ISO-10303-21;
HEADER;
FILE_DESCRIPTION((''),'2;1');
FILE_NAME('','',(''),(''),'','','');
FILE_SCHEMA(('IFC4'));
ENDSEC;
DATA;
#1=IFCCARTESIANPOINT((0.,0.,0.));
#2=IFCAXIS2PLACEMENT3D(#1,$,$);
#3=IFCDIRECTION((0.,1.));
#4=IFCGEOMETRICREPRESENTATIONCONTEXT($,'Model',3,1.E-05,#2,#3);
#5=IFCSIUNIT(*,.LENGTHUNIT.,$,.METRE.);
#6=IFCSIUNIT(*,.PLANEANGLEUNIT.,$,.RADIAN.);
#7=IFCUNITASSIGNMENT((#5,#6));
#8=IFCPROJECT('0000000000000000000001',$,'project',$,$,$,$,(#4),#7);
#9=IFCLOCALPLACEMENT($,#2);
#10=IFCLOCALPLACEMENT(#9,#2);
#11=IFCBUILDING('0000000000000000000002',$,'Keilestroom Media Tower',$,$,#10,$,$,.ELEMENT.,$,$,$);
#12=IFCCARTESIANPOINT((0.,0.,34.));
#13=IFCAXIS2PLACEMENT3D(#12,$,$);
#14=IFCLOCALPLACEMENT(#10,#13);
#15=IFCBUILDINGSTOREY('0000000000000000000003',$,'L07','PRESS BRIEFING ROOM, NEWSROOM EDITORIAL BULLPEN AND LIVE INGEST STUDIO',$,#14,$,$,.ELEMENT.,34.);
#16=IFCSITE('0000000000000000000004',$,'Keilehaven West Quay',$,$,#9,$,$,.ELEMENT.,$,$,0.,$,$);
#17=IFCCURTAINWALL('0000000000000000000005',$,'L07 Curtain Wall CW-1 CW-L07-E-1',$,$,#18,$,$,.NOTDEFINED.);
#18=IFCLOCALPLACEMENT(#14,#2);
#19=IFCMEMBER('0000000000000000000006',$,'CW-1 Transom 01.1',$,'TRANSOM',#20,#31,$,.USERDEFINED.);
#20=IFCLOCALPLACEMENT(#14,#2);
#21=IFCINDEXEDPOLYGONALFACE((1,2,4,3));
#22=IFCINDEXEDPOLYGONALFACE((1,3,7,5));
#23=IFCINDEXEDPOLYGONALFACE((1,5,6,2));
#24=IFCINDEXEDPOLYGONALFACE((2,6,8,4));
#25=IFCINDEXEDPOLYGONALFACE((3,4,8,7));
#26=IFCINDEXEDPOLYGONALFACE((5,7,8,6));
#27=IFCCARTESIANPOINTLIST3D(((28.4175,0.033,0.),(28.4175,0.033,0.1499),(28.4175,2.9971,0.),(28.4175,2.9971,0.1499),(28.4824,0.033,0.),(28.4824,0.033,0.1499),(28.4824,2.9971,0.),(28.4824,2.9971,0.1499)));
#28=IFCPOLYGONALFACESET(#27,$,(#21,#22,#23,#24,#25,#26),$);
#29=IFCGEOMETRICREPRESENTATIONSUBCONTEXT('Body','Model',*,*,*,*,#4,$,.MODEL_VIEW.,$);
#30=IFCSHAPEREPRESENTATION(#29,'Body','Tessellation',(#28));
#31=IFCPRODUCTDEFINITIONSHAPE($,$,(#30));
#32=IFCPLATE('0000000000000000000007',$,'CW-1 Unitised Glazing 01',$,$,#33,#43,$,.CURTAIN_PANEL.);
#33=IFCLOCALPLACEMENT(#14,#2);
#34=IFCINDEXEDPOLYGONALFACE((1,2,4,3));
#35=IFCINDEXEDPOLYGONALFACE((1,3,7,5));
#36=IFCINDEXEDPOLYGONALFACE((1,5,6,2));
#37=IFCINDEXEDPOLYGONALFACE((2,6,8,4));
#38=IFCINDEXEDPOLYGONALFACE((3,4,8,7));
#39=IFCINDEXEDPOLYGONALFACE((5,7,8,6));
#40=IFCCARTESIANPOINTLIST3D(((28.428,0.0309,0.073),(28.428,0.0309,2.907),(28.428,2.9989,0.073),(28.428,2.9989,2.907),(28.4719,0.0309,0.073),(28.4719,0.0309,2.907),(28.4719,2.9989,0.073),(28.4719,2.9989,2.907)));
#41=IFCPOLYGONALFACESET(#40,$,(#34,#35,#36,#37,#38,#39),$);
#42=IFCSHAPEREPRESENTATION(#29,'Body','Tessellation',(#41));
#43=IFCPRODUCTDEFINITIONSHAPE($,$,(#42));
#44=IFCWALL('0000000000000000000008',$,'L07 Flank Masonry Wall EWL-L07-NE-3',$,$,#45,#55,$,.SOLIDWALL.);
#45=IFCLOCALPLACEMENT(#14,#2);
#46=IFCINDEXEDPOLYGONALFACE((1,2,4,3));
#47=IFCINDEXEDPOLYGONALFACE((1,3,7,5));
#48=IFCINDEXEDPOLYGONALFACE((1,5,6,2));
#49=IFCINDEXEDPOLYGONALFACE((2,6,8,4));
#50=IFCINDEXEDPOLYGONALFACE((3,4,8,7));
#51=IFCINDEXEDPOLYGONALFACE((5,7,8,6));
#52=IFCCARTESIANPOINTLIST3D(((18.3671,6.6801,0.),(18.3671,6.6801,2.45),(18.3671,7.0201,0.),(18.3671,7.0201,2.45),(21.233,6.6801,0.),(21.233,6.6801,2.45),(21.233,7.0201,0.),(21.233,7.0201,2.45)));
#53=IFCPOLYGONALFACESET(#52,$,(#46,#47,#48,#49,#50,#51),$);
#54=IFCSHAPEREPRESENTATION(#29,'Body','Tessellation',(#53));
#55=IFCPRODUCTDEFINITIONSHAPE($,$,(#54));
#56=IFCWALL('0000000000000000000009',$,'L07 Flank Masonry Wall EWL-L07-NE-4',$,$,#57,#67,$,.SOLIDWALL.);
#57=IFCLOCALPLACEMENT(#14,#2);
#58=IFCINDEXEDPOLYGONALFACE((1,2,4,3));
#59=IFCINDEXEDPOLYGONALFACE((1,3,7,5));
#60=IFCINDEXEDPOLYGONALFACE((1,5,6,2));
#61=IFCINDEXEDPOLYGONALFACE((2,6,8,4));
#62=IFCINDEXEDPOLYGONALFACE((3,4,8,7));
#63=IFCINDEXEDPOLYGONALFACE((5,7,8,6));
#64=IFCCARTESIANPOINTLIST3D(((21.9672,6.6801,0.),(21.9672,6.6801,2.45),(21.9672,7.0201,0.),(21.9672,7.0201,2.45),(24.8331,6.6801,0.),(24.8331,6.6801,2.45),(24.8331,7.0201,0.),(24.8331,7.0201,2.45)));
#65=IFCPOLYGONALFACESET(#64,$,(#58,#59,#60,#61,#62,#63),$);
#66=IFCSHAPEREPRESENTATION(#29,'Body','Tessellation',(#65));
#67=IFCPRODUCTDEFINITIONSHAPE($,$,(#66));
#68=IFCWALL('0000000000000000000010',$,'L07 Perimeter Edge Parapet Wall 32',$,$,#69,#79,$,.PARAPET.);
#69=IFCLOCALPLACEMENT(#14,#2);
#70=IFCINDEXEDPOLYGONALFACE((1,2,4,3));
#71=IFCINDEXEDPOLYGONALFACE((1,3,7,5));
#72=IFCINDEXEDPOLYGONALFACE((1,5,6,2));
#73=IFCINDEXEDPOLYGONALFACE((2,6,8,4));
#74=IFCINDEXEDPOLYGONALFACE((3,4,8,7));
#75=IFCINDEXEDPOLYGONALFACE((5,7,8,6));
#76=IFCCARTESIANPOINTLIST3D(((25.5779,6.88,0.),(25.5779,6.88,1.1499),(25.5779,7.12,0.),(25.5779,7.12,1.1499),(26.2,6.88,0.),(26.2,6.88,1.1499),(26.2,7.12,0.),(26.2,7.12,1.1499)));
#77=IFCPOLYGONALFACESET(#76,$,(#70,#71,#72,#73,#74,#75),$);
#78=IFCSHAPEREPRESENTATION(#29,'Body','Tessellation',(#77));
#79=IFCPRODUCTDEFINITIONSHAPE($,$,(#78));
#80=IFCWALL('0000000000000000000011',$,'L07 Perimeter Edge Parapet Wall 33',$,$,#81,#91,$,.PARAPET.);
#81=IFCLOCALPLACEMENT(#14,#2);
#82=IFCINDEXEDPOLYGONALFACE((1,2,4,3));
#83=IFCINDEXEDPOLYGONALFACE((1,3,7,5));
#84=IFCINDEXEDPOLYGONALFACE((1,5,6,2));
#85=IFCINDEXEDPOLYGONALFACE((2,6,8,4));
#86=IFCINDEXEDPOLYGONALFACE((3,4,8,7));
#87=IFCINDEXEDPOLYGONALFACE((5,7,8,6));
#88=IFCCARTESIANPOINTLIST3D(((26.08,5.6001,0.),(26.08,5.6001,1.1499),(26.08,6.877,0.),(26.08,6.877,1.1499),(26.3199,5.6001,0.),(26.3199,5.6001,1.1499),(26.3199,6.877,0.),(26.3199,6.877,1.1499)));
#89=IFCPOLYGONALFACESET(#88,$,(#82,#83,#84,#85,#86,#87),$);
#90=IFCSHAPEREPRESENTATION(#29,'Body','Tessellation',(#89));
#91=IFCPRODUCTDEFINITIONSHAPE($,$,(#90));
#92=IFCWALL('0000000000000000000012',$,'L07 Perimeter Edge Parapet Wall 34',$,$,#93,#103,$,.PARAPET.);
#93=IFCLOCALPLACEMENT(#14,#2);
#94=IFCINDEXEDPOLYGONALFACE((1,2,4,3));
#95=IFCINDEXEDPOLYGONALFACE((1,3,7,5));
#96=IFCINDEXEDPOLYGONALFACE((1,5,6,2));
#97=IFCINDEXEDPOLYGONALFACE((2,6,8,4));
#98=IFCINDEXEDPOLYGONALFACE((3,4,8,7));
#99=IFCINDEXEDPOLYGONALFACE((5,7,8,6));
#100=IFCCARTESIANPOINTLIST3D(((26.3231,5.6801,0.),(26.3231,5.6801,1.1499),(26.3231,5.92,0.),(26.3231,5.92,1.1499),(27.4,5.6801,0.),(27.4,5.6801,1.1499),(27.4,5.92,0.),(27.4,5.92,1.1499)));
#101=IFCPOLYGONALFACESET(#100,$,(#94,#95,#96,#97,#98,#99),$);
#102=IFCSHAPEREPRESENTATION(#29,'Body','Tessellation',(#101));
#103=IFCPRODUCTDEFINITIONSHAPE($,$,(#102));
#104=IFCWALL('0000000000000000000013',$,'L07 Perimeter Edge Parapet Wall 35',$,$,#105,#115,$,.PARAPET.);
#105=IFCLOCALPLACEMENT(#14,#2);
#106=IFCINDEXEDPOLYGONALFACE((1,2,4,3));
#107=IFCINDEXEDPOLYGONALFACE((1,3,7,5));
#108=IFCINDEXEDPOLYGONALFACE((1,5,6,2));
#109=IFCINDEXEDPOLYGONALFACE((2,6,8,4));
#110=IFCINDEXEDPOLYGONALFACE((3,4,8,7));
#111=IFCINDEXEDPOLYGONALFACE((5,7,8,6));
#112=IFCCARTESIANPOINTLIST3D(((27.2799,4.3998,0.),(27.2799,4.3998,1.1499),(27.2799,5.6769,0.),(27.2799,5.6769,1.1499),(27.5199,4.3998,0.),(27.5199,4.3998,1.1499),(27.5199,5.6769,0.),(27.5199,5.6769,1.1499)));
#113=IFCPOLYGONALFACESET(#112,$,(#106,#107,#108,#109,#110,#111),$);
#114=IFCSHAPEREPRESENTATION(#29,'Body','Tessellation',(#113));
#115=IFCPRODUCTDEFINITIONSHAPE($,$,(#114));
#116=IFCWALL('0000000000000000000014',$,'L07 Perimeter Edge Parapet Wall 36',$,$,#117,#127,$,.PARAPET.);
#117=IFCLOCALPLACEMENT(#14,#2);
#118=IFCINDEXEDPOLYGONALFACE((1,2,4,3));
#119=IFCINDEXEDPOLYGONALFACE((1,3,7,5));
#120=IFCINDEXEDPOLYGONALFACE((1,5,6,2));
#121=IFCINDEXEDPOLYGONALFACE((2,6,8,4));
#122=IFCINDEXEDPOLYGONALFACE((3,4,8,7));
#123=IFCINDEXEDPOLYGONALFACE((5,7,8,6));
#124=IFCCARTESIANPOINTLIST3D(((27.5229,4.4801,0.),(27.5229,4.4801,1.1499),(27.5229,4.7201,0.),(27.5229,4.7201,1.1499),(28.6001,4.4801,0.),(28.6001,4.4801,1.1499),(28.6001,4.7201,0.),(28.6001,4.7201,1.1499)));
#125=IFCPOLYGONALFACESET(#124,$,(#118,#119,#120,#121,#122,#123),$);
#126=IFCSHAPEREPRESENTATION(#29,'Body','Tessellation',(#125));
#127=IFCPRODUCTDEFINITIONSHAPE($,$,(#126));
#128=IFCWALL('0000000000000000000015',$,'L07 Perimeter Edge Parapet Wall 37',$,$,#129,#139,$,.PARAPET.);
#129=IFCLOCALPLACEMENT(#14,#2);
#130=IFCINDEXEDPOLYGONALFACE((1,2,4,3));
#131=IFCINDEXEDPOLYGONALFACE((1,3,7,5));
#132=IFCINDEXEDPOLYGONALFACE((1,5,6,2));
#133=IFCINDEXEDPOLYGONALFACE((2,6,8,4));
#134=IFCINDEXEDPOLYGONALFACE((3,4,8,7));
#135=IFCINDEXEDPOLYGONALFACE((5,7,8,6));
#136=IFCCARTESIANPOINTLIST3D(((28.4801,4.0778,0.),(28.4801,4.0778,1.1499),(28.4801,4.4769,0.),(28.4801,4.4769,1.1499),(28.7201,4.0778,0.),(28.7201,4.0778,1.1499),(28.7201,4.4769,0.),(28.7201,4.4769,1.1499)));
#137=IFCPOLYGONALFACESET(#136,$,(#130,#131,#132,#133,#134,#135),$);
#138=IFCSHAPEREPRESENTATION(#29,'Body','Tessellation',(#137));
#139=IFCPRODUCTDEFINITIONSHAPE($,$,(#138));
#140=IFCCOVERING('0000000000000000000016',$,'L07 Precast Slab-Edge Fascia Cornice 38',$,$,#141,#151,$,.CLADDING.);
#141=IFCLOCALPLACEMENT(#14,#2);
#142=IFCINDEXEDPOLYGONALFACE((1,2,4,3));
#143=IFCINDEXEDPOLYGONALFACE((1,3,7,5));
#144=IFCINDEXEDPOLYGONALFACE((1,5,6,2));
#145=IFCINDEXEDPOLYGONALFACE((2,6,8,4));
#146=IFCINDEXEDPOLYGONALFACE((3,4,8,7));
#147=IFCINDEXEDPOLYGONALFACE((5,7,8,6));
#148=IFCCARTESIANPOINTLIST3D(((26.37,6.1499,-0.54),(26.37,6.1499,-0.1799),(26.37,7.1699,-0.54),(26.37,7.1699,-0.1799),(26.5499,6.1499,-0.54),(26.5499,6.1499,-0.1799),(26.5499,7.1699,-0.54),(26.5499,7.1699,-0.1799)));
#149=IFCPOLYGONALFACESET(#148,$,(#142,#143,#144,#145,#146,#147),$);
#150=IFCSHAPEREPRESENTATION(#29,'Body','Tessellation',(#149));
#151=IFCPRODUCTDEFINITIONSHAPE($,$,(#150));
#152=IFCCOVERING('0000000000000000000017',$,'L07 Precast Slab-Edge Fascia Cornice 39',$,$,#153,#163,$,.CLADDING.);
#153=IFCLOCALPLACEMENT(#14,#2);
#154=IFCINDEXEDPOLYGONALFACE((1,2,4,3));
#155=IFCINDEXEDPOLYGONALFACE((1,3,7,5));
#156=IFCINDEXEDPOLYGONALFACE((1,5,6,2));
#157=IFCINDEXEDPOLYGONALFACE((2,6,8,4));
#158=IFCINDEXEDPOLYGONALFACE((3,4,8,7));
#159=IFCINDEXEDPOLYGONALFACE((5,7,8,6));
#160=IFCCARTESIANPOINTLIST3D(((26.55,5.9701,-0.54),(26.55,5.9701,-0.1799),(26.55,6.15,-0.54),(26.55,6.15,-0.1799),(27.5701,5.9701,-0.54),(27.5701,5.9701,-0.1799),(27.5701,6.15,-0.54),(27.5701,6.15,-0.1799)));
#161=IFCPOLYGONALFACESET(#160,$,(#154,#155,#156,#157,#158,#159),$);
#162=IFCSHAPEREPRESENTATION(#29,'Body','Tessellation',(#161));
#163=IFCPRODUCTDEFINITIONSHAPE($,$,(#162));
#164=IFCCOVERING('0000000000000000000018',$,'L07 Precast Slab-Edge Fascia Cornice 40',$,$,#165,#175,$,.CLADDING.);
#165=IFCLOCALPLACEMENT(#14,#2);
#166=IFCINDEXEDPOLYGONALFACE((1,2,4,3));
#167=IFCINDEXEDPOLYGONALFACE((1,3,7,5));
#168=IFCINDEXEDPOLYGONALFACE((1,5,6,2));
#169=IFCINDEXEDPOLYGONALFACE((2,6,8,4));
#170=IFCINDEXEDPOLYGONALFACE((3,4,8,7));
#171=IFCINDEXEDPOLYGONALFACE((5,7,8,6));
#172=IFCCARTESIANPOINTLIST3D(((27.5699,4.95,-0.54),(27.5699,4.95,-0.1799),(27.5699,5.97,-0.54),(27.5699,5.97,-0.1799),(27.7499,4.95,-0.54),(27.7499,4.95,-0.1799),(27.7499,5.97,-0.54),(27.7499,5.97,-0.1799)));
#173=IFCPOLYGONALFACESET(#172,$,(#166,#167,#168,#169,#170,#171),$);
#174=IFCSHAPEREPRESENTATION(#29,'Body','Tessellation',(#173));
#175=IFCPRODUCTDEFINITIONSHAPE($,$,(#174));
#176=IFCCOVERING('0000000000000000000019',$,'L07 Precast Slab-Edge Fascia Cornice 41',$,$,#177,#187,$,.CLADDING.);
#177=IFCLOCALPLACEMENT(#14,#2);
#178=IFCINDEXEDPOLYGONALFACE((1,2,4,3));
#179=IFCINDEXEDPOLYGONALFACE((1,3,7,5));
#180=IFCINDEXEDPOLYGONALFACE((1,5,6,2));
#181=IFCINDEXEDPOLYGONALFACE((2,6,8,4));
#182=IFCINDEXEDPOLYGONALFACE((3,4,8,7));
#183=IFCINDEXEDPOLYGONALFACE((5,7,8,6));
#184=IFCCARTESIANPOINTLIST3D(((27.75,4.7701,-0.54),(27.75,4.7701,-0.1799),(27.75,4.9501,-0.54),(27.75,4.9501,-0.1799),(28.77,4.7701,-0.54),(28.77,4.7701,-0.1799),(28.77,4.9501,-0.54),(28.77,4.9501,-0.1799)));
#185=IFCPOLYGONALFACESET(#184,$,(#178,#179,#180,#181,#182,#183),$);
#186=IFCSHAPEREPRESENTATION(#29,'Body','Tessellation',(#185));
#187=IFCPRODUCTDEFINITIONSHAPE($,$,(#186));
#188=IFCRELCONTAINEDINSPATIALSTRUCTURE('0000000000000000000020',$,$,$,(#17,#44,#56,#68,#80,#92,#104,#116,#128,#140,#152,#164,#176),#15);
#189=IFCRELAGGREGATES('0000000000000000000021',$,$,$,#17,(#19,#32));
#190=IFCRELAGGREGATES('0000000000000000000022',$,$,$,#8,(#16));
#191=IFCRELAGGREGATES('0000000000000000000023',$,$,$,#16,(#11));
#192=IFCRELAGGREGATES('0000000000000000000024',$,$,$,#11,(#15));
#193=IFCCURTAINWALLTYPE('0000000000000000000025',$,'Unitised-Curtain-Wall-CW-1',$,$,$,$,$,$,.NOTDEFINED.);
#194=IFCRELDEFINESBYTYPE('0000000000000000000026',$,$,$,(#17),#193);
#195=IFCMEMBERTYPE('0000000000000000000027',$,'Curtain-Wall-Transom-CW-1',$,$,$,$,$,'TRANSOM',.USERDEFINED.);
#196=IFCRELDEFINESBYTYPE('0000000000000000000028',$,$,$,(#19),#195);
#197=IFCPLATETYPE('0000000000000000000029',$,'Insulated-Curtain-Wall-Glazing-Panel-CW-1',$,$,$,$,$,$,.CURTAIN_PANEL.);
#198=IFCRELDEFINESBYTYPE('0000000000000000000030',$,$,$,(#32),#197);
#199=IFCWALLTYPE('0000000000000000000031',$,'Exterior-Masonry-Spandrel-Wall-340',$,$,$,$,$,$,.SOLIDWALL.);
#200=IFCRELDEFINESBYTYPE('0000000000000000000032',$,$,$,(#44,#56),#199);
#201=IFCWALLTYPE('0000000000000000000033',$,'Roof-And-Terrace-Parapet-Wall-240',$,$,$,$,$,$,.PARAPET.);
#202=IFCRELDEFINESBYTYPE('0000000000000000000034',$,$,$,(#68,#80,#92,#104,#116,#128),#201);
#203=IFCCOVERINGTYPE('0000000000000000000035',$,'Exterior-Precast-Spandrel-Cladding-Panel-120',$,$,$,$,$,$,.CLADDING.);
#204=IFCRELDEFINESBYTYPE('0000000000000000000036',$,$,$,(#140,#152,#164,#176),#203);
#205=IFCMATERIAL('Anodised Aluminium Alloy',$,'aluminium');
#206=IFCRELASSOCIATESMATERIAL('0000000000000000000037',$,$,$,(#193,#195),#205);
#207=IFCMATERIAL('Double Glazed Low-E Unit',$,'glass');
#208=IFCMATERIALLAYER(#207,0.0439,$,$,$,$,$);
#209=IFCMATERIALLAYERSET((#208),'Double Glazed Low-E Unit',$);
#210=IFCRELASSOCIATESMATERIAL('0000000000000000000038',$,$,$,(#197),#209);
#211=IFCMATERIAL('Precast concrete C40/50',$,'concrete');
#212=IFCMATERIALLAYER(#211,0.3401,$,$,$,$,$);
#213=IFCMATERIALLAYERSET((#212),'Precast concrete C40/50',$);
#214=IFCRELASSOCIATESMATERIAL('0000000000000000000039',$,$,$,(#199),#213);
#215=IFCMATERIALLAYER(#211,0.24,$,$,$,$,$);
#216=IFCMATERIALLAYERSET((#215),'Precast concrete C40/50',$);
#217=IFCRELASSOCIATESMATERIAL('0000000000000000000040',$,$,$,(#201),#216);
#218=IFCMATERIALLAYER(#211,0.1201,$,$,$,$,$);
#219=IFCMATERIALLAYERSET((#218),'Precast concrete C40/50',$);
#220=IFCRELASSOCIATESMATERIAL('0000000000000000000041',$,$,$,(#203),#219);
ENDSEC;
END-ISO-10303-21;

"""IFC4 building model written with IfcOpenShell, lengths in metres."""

from ifc_helpers import new_model, si_unit, direction, frame, frame_2d, origin, origin_2d, place, context, subcontext, project, spatial, rectangle, extrude, source, transform, mapped, material, layer, layer_set, material_profile, profile_set, type_object, element, aggregate, save


model = new_model("IFC4")

# Units and contexts
model_context = context("Model", 3, precision=1e-05, world=origin(), true_north=direction((0.0, 1.0)))
body_context = subcontext(model_context, "Body", "Model", "MODEL_VIEW")
ifc_project = project(units=[si_unit("LENGTHUNIT", "METRE"), si_unit("PLANEANGLEUNIT", "RADIAN")], contexts=[model_context])

# Site, building, storey
site_placement = place(None, origin())
site = spatial("IfcSite", under=ifc_project, at=site_placement, Name="Keilehaven West Quay", CompositionType="ELEMENT", RefElevation=0.0)
building_placement = place(site_placement, origin())
building = spatial("IfcBuilding", under=site, at=building_placement, Name="Keilestroom Media Tower", CompositionType="ELEMENT")
storey_placement = place(building_placement, frame((0.0, 0.0, 34.0)))
storey = spatial("IfcBuildingStorey", under=building, at=storey_placement, Name="L07", Description="PRESS BRIEFING ROOM, NEWSROOM EDITORIAL BULLPEN AND LIVE INGEST STUDIO", CompositionType="ELEMENT", Elevation=34.0)

# Shared definitions
ifc_material_1 = material(Name="Precast concrete C40/50", Category="concrete")

# Curtain wall, member, plate
ifc_material_2 = material(Name="Anodised Aluminium Alloy", Category="aluminium")
curtain_wall_type = type_object("IfcCurtainWallType", Name="Unitised-Curtain-Wall-CW-1", PredefinedType="NOTDEFINED", material=ifc_material_2)
curtain_wall_placement = place(storey_placement, origin())
curtain_wall = element("IfcCurtainWall", 1, at=curtain_wall_placement, inside=storey, type_object=curtain_wall_type, Name="L07 Curtain Wall CW-1 CW-L07-E-1", PredefinedType="NOTDEFINED")
ifc_material_profile_1 = material_profile(ifc_material_2, rectangle(XDim=0.0649, YDim=0.1499, at=origin_2d()), Name="ALU TRANSOM 65x150")
ifc_profile_set_1 = profile_set([ifc_material_profile_1], Name="Anodised Aluminium Alloy")
member_type_1 = type_object("IfcMemberType", Name="Curtain-Wall-Transom-CW-1", ElementType="TRANSOM", PredefinedType="USERDEFINED", material=ifc_profile_set_1)
shared_shape_1 = source(origin(), body_context, "Body", "SweptSolid", [
    extrude(rectangle(XDim=0.0649, YDim=0.1499, at=origin_2d()), origin(), (0.0, 0.0, 1.0), 2.9641),
])
member_1_placement = place(storey_placement, frame((28.45, 0.033, 0.075), z_axis=(0.0, 1.0, 0.0), x_axis=(-1.0, 0.0, 0.0)))
member_1 = element("IfcMember", 2, at=member_1_placement, type_object=member_type_1, Name="CW-1 Transom 01.1", ObjectType="TRANSOM", PredefinedType="USERDEFINED", context=body_context, shape_type="MappedRepresentation", body=[
    mapped(shared_shape_1, transform((0.0, 0.0, 0.0), x_axis=(1.0, 0.0, 0.0), y_axis=(0.0, 1.0, 0.0), z_axis=(0.0, 0.0, 1.0), scale=1.0)),
])
ifc_material_3 = material(Name="Double Glazed Low-E Unit", Category="glass")
ifc_layer_1 = layer(ifc_material_3, 0.0439)
ifc_layer_set_1 = layer_set([ifc_layer_1], Name="Double Glazed Low-E Unit")
plate_type = type_object("IfcPlateType", Name="Insulated-Curtain-Wall-Glazing-Panel-CW-1", PredefinedType="CURTAIN_PANEL", material=ifc_layer_set_1)
shared_shape_2 = source(origin(), body_context, "Body", "SweptSolid", [
    extrude(rectangle(XDim=2.968, YDim=0.0439, at=origin_2d()), origin(), (0.0, 0.0, 1.0), 2.834),
])
plate_placement = place(storey_placement, frame((28.45, 1.5149, 0.073), z_axis=(0.0, 0.0, 1.0), x_axis=(0.0, 1.0, 0.0)))
plate = element("IfcPlate", 3, at=plate_placement, type_object=plate_type, Name="CW-1 Unitised Glazing 01", PredefinedType="CURTAIN_PANEL", context=body_context, shape_type="MappedRepresentation", body=[
    mapped(shared_shape_2, transform((0.0, 0.0, 0.0), x_axis=(1.0, 0.0, 0.0), y_axis=(0.0, 1.0, 0.0), z_axis=(0.0, 0.0, 1.0), scale=1.0)),
])
aggregate(curtain_wall, [member_1, plate])

# Walls
ifc_layer_2 = layer(ifc_material_1, 0.3401)
ifc_layer_set_2 = layer_set([ifc_layer_2], Name="Precast concrete C40/50")
wall_type_1 = type_object("IfcWallType", Name="Exterior-Masonry-Spandrel-Wall-340", PredefinedType="SOLIDWALL", material=ifc_layer_set_2)
for number, where, z_axis, x_axis, name in (
    (4, (18.3669, 6.8501, 0.0), (0.0, 0.0, 1.0), (1.0, 0.0, 0.0), "L07 Flank Masonry Wall EWL-L07-NE-3"),
    (5, (21.967, 6.8501, 0.0), (0.0, 0.0, 1.0), (1.0, 0.0, 0.0), "L07 Flank Masonry Wall EWL-L07-NE-4"),
):
    element("IfcWall", number, at=place(storey_placement, frame(where, z_axis=z_axis, x_axis=x_axis)), inside=storey, type_object=wall_type_1, Name=name, PredefinedType="SOLIDWALL", context=body_context, shape_type="SweptSolid", body=[
        extrude(rectangle(XDim=2.866, YDim=0.3401, at=frame_2d((1.4331, 0.0))), origin(), (0.0, 0.0, 1.0), 2.45),
    ])
ifc_layer_3 = layer(ifc_material_1, 0.24)
ifc_layer_set_3 = layer_set([ifc_layer_3], Name="Precast concrete C40/50")
wall_type_2 = type_object("IfcWallType", Name="Roof-And-Terrace-Parapet-Wall-240", PredefinedType="PARAPET", material=ifc_layer_set_3)
wall_1_placement = place(storey_placement, frame((25.5779, 7.0, 0.0), z_axis=(0.0, 0.0, 1.0), x_axis=(1.0, 0.0, 0.0)))
element("IfcWall", 6, at=wall_1_placement, inside=storey, type_object=wall_type_2, Name="L07 Perimeter Edge Parapet Wall 32", PredefinedType="PARAPET", context=body_context, shape_type="SweptSolid", body=[
    extrude(rectangle(XDim=0.6221, YDim=0.24, at=frame_2d((0.311, 0.0))), origin(), (0.0, 0.0, 1.0), 1.1499),
])
wall_2_placement = place(storey_placement, frame((26.2, 6.877, 0.0), z_axis=(0.0, 0.0, 1.0), x_axis=(0.0, -1.0, 0.0)))
element("IfcWall", 7, at=wall_2_placement, inside=storey, type_object=wall_type_2, Name="L07 Perimeter Edge Parapet Wall 33", PredefinedType="PARAPET", context=body_context, shape_type="SweptSolid", body=[
    extrude(rectangle(XDim=1.2769, YDim=0.24, at=frame_2d((0.6384, 0.0))), origin(), (0.0, 0.0, 1.0), 1.1499),
])
wall_3_placement = place(storey_placement, frame((26.323, 5.8, 0.0), z_axis=(0.0, 0.0, 1.0), x_axis=(1.0, 0.0, 0.0)))
element("IfcWall", 8, at=wall_3_placement, inside=storey, type_object=wall_type_2, Name="L07 Perimeter Edge Parapet Wall 34", PredefinedType="PARAPET", context=body_context, shape_type="SweptSolid", body=[
    extrude(rectangle(XDim=1.0769, YDim=0.24, at=frame_2d((0.5386, 0.0))), origin(), (0.0, 0.0, 1.0), 1.1499),
])
wall_4_placement = place(storey_placement, frame((27.3999, 5.677, 0.0), z_axis=(0.0, 0.0, 1.0), x_axis=(0.0, -1.0, 0.0)))
element("IfcWall", 9, at=wall_4_placement, inside=storey, type_object=wall_type_2, Name="L07 Perimeter Edge Parapet Wall 35", PredefinedType="PARAPET", context=body_context, shape_type="SweptSolid", body=[
    extrude(rectangle(XDim=1.2771, YDim=0.24, at=frame_2d((0.6387, 0.0))), origin(), (0.0, 0.0, 1.0), 1.1499),
])
wall_5_placement = place(storey_placement, frame((27.5229, 4.6001, 0.0), z_axis=(0.0, 0.0, 1.0), x_axis=(1.0, 0.0, 0.0)))
element("IfcWall", 10, at=wall_5_placement, inside=storey, type_object=wall_type_2, Name="L07 Perimeter Edge Parapet Wall 36", PredefinedType="PARAPET", context=body_context, shape_type="SweptSolid", body=[
    extrude(rectangle(XDim=1.0771, YDim=0.24, at=frame_2d((0.5386, 0.0))), origin(), (0.0, 0.0, 1.0), 1.1499),
])
wall_6_placement = place(storey_placement, frame((28.6001, 4.4771, 0.0), z_axis=(0.0, 0.0, 1.0), x_axis=(0.0, -1.0, 0.0)))
element("IfcWall", 11, at=wall_6_placement, inside=storey, type_object=wall_type_2, Name="L07 Perimeter Edge Parapet Wall 37", PredefinedType="PARAPET", context=body_context, shape_type="SweptSolid", body=[
    extrude(rectangle(XDim=0.3992, YDim=0.24, at=frame_2d((0.1997, 0.0))), origin(), (0.0, 0.0, 1.0), 1.1499),
])

# Coverings
ifc_layer_4 = layer(ifc_material_1, 0.1201)
ifc_layer_set_4 = layer_set([ifc_layer_4], Name="Precast concrete C40/50")
covering_type = type_object("IfcCoveringType", Name="Exterior-Precast-Spandrel-Cladding-Panel-120", PredefinedType="CLADDING", material=ifc_layer_set_4)
shared_shape_3 = source(origin(), body_context, "Body", "SweptSolid", [
    extrude(rectangle(XDim=1.02, YDim=0.1799, at=origin_2d()), origin(), (0.0, 0.0, 1.0), 0.3601),
])
for number, where, z_axis, x_axis, name in (
    (12, (26.46, 6.6599, -0.54), (0.0, 0.0, 1.0), (0.0, -1.0, 0.0), "L07 Precast Slab-Edge Fascia Cornice 38"),
    (13, (27.0601, 6.0601, -0.54), (0.0, 0.0, 1.0), (1.0, 0.0, 0.0), "L07 Precast Slab-Edge Fascia Cornice 39"),
    (14, (27.6599, 5.46, -0.54), (0.0, 0.0, 1.0), (0.0, -1.0, 0.0), "L07 Precast Slab-Edge Fascia Cornice 40"),
    (15, (28.26, 4.8601, -0.54), (0.0, 0.0, 1.0), (1.0, 0.0, 0.0), "L07 Precast Slab-Edge Fascia Cornice 41"),
):
    element("IfcCovering", number, at=place(storey_placement, frame(where, z_axis=z_axis, x_axis=x_axis)), inside=storey, type_object=covering_type, Name=name, PredefinedType="CLADDING", context=body_context, shape_type="MappedRepresentation", body=[
        mapped(shared_shape_3, transform((0.0, 0.0, 0.0), x_axis=(1.0, 0.0, 0.0), y_axis=(0.0, 1.0, 0.0), z_axis=(0.0, 0.0, 1.0), scale=1.0)),
    ])

save(model, "model.ifc")
